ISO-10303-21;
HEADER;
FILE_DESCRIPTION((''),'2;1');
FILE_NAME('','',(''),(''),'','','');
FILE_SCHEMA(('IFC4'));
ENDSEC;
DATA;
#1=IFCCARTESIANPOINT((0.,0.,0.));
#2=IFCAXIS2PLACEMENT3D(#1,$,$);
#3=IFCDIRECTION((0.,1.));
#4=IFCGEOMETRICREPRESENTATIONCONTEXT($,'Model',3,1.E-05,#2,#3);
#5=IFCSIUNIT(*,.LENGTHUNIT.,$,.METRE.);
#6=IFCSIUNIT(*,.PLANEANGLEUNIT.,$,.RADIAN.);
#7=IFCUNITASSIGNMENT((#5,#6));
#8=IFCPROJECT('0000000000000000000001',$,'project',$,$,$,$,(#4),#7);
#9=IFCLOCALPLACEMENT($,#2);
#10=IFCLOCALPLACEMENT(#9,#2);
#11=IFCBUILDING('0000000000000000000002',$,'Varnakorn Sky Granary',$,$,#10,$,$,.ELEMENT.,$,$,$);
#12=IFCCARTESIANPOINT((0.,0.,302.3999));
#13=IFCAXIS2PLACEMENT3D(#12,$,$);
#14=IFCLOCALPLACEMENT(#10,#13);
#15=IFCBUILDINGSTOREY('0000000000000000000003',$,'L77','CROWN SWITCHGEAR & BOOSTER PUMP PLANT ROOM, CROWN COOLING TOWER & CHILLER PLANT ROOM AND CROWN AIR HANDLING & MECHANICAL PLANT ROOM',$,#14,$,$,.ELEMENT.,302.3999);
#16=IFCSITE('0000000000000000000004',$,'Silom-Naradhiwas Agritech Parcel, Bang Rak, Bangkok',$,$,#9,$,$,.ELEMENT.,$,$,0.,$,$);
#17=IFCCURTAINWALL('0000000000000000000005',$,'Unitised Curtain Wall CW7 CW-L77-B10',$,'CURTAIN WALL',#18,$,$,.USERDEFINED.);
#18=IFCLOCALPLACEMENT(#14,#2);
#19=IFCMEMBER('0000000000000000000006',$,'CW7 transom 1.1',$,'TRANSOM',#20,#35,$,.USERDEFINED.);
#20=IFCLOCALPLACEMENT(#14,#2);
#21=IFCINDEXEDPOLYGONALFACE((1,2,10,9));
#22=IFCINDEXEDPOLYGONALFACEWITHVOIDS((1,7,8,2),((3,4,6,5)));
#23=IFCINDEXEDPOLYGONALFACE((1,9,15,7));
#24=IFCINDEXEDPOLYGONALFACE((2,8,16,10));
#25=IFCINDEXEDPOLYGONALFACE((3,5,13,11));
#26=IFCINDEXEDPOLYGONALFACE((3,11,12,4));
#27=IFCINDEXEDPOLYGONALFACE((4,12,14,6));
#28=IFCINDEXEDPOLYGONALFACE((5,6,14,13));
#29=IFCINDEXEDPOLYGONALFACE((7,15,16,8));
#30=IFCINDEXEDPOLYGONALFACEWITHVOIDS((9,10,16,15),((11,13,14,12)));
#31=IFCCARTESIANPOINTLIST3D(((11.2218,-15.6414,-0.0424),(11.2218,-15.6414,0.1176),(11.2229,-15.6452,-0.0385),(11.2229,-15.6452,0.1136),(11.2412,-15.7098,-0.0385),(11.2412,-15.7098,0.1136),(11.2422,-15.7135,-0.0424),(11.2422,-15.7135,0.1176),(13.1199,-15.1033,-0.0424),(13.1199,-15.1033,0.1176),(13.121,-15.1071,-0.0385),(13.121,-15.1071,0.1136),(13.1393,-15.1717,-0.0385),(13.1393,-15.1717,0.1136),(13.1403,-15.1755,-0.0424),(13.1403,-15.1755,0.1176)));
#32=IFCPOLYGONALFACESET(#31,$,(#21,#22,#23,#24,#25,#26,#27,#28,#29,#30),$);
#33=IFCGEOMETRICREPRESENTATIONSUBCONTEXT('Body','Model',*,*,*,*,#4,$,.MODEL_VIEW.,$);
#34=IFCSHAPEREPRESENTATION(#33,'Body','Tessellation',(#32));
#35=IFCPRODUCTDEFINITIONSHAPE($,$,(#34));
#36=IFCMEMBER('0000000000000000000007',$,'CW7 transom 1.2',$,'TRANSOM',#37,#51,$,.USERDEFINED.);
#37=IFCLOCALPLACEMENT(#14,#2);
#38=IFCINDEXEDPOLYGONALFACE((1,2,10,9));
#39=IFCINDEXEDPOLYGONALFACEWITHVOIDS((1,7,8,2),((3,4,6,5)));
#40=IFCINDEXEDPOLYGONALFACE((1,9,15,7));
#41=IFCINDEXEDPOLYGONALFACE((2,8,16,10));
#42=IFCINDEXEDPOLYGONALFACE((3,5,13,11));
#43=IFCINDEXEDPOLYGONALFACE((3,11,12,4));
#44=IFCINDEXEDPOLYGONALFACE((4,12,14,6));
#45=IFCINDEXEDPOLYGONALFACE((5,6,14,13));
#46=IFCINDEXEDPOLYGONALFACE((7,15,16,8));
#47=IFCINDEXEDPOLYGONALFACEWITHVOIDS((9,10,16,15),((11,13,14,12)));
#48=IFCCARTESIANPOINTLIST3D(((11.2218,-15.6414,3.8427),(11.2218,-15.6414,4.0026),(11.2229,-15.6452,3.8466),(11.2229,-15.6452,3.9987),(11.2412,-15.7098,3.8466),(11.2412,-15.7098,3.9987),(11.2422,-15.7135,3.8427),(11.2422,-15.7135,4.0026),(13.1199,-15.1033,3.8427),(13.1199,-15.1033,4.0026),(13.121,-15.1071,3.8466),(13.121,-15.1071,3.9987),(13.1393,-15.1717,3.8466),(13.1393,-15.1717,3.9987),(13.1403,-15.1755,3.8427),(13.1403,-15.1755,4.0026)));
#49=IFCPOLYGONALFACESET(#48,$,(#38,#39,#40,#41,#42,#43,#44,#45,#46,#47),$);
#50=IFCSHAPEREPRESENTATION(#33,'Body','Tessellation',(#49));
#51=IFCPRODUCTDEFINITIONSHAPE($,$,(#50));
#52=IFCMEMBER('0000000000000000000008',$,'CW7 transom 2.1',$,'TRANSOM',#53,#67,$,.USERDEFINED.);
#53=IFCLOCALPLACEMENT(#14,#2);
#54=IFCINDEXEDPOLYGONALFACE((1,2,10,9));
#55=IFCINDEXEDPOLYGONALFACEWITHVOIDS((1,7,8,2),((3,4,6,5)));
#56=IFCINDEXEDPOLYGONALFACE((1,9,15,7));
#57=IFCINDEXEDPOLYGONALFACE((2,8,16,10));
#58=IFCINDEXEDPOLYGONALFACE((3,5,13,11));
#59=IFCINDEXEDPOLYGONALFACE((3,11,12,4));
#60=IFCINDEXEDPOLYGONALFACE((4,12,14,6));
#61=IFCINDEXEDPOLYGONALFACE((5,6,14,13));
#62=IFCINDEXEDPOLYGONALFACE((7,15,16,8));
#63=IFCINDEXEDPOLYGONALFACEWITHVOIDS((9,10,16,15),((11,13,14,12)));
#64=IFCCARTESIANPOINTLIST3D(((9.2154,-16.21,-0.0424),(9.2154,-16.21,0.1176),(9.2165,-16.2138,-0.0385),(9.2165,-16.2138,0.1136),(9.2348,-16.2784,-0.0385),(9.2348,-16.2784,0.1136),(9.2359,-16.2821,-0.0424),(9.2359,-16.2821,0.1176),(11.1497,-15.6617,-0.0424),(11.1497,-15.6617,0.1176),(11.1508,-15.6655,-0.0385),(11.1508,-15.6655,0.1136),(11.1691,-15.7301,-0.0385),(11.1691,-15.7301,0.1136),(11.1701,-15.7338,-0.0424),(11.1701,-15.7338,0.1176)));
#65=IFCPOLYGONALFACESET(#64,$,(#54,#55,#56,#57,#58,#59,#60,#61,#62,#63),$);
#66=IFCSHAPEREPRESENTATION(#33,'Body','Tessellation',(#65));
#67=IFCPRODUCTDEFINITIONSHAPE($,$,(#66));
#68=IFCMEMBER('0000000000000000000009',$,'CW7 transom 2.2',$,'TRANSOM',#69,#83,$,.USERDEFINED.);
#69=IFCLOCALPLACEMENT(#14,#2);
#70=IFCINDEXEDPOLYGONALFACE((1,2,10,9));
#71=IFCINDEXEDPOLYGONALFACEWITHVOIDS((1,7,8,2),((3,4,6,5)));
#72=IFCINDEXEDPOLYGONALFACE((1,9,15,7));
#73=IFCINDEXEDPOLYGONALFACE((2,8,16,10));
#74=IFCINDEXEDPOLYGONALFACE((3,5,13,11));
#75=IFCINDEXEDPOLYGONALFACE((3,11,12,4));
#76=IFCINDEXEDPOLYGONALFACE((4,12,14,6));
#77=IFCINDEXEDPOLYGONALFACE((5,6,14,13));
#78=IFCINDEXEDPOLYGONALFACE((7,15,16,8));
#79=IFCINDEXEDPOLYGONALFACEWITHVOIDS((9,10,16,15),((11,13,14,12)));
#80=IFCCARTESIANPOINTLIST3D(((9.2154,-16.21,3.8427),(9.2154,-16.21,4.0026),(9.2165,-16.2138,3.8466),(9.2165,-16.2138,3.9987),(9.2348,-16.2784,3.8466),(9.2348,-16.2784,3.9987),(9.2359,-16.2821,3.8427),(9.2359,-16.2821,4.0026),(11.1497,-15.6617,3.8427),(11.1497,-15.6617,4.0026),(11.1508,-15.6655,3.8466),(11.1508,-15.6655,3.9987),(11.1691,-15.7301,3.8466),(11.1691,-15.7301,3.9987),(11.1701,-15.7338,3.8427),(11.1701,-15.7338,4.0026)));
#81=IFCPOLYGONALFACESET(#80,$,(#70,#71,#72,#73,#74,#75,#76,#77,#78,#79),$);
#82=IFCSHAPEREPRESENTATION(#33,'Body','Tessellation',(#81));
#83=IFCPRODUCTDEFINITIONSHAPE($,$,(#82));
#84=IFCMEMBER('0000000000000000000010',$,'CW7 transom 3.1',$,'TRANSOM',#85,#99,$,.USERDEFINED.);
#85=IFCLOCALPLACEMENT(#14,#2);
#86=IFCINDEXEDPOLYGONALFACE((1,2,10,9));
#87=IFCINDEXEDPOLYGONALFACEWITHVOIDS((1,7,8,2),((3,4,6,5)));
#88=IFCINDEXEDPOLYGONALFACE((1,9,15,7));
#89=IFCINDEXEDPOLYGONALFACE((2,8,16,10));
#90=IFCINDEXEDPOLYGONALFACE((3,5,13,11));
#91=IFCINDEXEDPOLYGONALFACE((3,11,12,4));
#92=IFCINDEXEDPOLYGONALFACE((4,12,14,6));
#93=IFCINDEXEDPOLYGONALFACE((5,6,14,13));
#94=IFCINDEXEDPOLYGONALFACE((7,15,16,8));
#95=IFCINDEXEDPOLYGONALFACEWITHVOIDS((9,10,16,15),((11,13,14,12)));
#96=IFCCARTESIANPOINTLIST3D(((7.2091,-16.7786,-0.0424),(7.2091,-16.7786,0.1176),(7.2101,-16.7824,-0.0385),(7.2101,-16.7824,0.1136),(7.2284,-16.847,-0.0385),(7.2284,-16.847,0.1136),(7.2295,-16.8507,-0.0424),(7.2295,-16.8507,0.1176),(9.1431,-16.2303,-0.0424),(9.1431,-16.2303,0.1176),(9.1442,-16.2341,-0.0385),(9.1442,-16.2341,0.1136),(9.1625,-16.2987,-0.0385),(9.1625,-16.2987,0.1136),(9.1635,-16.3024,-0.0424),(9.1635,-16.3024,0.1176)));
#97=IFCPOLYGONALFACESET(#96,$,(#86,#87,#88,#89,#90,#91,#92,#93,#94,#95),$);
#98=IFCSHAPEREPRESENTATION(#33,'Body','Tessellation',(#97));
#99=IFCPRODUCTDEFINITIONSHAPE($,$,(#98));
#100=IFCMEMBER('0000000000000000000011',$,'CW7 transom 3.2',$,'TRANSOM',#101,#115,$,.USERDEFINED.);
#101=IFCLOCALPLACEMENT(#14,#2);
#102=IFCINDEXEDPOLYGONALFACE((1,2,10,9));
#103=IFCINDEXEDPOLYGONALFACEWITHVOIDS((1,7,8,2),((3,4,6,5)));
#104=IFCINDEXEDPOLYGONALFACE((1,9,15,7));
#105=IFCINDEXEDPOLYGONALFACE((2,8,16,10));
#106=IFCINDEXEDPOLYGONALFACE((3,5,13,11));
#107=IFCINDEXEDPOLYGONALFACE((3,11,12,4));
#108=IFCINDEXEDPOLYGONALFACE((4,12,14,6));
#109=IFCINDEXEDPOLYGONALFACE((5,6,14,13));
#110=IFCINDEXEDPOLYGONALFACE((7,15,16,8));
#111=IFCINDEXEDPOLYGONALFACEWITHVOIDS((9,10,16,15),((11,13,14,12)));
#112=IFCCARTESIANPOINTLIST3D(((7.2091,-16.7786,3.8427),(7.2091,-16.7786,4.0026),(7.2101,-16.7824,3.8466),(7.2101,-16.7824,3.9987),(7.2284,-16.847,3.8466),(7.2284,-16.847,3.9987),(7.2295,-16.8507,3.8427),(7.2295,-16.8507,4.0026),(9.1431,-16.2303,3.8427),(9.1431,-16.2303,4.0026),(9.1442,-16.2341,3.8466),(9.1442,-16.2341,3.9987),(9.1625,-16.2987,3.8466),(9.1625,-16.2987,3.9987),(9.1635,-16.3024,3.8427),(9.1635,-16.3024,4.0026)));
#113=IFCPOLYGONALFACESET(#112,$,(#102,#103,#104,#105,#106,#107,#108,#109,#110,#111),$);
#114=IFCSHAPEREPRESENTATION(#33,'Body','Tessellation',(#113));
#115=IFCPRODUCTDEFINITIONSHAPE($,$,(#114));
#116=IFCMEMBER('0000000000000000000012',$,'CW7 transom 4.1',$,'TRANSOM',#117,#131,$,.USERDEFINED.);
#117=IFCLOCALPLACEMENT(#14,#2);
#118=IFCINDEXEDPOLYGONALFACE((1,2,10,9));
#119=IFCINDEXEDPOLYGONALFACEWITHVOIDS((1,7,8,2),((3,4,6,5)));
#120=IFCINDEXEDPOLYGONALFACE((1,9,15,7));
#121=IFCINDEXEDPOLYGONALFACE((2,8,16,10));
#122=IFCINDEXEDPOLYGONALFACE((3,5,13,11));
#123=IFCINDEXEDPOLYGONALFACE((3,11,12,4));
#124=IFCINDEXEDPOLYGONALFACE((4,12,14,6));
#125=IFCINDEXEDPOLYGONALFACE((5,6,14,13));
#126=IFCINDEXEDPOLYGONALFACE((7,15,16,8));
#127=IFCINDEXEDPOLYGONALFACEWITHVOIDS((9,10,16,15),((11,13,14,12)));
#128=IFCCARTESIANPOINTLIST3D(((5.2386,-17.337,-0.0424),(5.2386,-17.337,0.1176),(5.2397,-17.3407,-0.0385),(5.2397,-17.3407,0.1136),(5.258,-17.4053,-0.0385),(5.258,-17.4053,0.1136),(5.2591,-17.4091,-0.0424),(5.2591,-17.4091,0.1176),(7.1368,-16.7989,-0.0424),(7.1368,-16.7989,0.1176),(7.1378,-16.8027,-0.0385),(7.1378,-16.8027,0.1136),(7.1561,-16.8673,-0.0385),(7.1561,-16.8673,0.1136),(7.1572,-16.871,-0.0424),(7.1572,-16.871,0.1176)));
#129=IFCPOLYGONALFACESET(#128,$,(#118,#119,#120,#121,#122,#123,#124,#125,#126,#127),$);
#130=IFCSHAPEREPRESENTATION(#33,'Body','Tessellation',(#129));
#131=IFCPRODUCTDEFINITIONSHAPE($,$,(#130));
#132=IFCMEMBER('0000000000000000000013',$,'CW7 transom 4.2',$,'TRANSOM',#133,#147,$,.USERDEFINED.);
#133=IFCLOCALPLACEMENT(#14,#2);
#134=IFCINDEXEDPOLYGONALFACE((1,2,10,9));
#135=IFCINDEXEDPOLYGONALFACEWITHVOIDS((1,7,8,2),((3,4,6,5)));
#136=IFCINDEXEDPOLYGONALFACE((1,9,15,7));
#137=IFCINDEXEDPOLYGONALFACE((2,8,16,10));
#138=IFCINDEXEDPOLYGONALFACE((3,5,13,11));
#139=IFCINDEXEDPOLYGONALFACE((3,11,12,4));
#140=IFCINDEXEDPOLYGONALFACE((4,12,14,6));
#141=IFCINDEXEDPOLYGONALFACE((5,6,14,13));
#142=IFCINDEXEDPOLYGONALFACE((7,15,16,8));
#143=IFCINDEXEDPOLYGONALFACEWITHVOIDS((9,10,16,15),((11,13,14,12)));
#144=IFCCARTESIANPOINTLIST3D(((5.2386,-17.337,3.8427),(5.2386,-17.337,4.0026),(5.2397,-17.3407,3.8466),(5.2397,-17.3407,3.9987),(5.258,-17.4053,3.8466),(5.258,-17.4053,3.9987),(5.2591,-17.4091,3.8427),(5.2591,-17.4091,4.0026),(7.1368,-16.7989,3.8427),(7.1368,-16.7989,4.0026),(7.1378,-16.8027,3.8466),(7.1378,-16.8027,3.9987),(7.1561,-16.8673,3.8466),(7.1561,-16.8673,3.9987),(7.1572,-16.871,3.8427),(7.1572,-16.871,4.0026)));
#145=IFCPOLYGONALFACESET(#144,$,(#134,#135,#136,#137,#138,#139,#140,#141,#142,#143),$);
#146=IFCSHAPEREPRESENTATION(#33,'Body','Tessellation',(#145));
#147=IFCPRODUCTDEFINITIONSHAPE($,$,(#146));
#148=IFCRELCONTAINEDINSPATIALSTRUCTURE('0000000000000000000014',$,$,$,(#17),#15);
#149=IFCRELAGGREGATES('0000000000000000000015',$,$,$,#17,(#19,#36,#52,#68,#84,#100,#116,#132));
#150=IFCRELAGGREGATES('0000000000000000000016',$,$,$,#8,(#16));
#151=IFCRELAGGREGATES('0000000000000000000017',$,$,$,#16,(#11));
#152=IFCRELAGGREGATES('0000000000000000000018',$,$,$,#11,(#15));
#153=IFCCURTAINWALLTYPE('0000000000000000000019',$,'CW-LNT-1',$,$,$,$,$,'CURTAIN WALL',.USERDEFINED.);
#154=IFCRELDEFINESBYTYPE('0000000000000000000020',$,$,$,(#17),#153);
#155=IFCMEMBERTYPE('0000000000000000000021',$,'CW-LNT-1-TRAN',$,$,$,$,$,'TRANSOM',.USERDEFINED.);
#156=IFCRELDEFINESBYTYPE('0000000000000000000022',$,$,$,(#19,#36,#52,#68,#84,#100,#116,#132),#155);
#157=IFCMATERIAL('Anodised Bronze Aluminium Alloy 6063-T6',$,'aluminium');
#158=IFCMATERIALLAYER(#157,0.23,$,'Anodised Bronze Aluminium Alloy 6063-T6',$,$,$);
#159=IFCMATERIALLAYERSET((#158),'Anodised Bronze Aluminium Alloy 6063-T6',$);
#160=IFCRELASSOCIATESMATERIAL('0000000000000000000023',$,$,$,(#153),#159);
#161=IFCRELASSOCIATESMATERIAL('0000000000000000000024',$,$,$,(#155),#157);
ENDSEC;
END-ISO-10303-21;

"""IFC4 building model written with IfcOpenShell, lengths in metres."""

from ifc_helpers import new_model, si_unit, direction, frame, origin, origin_2d, place, context, subcontext, project, spatial, hollow_rectangle, extrude, material, layer, layer_set, material_profile, profile_set, type_object, element, aggregate, save


model = new_model("IFC4")

# Units and contexts
model_context = context("Model", 3, precision=1e-05, world=origin(), true_north=direction((0.0, 1.0)))
body_context = subcontext(model_context, "Body", "Model", "MODEL_VIEW")
ifc_project = project(units=[si_unit("LENGTHUNIT", "METRE"), si_unit("PLANEANGLEUNIT", "RADIAN")], contexts=[model_context])

# Site, building, storey
site_placement = place(None, origin())
site = spatial("IfcSite", under=ifc_project, at=site_placement, Name="Silom-Naradhiwas Agritech Parcel, Bang Rak, Bangkok", CompositionType="ELEMENT", RefElevation=0.0)
building_placement = place(site_placement, origin())
building = spatial("IfcBuilding", under=site, at=building_placement, Name="Varnakorn Sky Granary", CompositionType="ELEMENT")
storey_placement = place(building_placement, frame((0.0, 0.0, 302.3999)))
storey = spatial("IfcBuildingStorey", under=building, at=storey_placement, Name="L77", Description="CROWN SWITCHGEAR & BOOSTER PUMP PLANT ROOM, CROWN COOLING TOWER & CHILLER PLANT ROOM AND CROWN AIR HANDLING & MECHANICAL PLANT ROOM", CompositionType="ELEMENT", Elevation=302.3999)

# Curtain wall, members
ifc_material_1 = material(Name="Anodised Bronze Aluminium Alloy 6063-T6", Category="aluminium")
ifc_layer_1 = layer(ifc_material_1, 0.23, Name="Anodised Bronze Aluminium Alloy 6063-T6")
ifc_layer_set_1 = layer_set([ifc_layer_1], Name="Anodised Bronze Aluminium Alloy 6063-T6")
curtain_wall_type = type_object("IfcCurtainWallType", Name="CW-LNT-1", ElementType="CURTAIN WALL", PredefinedType="USERDEFINED", material=ifc_layer_set_1)
curtain_wall_placement = place(storey_placement, origin())
curtain_wall = element("IfcCurtainWall", 1, at=curtain_wall_placement, inside=storey, type_object=curtain_wall_type, Name="Unitised Curtain Wall CW7 CW-L77-B10", ObjectType="CURTAIN WALL", PredefinedType="USERDEFINED")
ifc_material_profile_1 = material_profile(ifc_material_1, hollow_rectangle(XDim=0.075, YDim=0.1599, WallThickness=0.0039, at=origin_2d()), Name="ALU TRAN 75x160")
ifc_profile_set_1 = profile_set([ifc_material_profile_1], Name="Anodised Bronze Aluminium Alloy 6063-T6")
member_type_1 = type_object("IfcMemberType", Name="CW-LNT-1-TRAN", ElementType="TRANSOM", PredefinedType="USERDEFINED", material=ifc_profile_set_1)
member_1_placement = place(storey_placement, frame((13.1301, -15.1394, 0.0376), z_axis=(-0.962092, -0.272727, 0.0), x_axis=(0.272727, -0.962092, 0.0)))
member_1 = element("IfcMember", 2, at=member_1_placement, type_object=member_type_1, Name="CW7 transom 1.1", ObjectType="TRANSOM", PredefinedType="USERDEFINED", context=body_context, shape_type="SweptSolid", body=[
    extrude(hollow_rectangle(XDim=0.075, YDim=0.1599, WallThickness=0.0039, at=origin_2d()), origin(), (0.0, 0.0, 1.0), 1.9729),
])
member_2_placement = place(storey_placement, frame((13.1301, -15.1394, 3.9226), z_axis=(-0.962092, -0.272727, 0.0), x_axis=(0.272727, -0.962092, 0.0)))
member_2 = element("IfcMember", 3, at=member_2_placement, type_object=member_type_1, Name="CW7 transom 1.2", ObjectType="TRANSOM", PredefinedType="USERDEFINED", context=body_context, shape_type="SweptSolid", body=[
    extrude(hollow_rectangle(XDim=0.075, YDim=0.1599, WallThickness=0.0039, at=origin_2d()), origin(), (0.0, 0.0, 1.0), 1.9729),
])
member_3_placement = place(storey_placement, frame((11.1599, -15.6978, 0.0376), z_axis=(-0.96209, -0.272732, 0.0), x_axis=(0.272732, -0.96209, 0.0)))
member_3 = element("IfcMember", 4, at=member_3_placement, type_object=member_type_1, Name="CW7 transom 2.1", ObjectType="TRANSOM", PredefinedType="USERDEFINED", context=body_context, shape_type="SweptSolid", body=[
    extrude(hollow_rectangle(XDim=0.075, YDim=0.1599, WallThickness=0.0039, at=origin_2d()), origin(), (0.0, 0.0, 1.0), 2.0105),
])
member_4_placement = place(storey_placement, frame((11.1599, -15.6978, 3.9226), z_axis=(-0.96209, -0.272732, 0.0), x_axis=(0.272732, -0.96209, 0.0)))
member_4 = element("IfcMember", 5, at=member_4_placement, type_object=member_type_1, Name="CW7 transom 2.2", ObjectType="TRANSOM", PredefinedType="USERDEFINED", context=body_context, shape_type="SweptSolid", body=[
    extrude(hollow_rectangle(XDim=0.075, YDim=0.1599, WallThickness=0.0039, at=origin_2d()), origin(), (0.0, 0.0, 1.0), 2.0105),
])
member_5_placement = place(storey_placement, frame((9.1533, -16.2664, 0.0376), z_axis=(-0.962081, -0.272764, 0.0), x_axis=(0.272764, -0.962081, 0.0)))
member_5 = element("IfcMember", 6, at=member_5_placement, type_object=member_type_1, Name="CW7 transom 3.1", ObjectType="TRANSOM", PredefinedType="USERDEFINED", context=body_context, shape_type="SweptSolid", body=[
    extrude(hollow_rectangle(XDim=0.075, YDim=0.1599, WallThickness=0.0039, at=origin_2d()), origin(), (0.0, 0.0, 1.0), 2.0103),
])
member_6_placement = place(storey_placement, frame((9.1533, -16.2664, 3.9226), z_axis=(-0.962081, -0.272764, 0.0), x_axis=(0.272764, -0.962081, 0.0)))
member_6 = element("IfcMember", 7, at=member_6_placement, type_object=member_type_1, Name="CW7 transom 3.2", ObjectType="TRANSOM", PredefinedType="USERDEFINED", context=body_context, shape_type="SweptSolid", body=[
    extrude(hollow_rectangle(XDim=0.075, YDim=0.1599, WallThickness=0.0039, at=origin_2d()), origin(), (0.0, 0.0, 1.0), 2.0103),
])
member_7_placement = place(storey_placement, frame((7.147, -16.835, 0.0376), z_axis=(-0.962092, -0.272727, 0.0), x_axis=(0.272727, -0.962092, 0.0)))
member_7 = element("IfcMember", 8, at=member_7_placement, type_object=member_type_1, Name="CW7 transom 4.1", ObjectType="TRANSOM", PredefinedType="USERDEFINED", context=body_context, shape_type="SweptSolid", body=[
    extrude(hollow_rectangle(XDim=0.075, YDim=0.1599, WallThickness=0.0039, at=origin_2d()), origin(), (0.0, 0.0, 1.0), 1.9729),
])
member_8_placement = place(storey_placement, frame((7.147, -16.835, 3.9226), z_axis=(-0.962092, -0.272727, 0.0), x_axis=(0.272727, -0.962092, 0.0)))
member_8 = element("IfcMember", 9, at=member_8_placement, type_object=member_type_1, Name="CW7 transom 4.2", ObjectType="TRANSOM", PredefinedType="USERDEFINED", context=body_context, shape_type="SweptSolid", body=[
    extrude(hollow_rectangle(XDim=0.075, YDim=0.1599, WallThickness=0.0039, at=origin_2d()), origin(), (0.0, 0.0, 1.0), 1.9729),
])

aggregate(curtain_wall, [member_1, member_2, member_3, member_4, member_5, member_6, member_7, member_8])

save(model, "model.ifc")
